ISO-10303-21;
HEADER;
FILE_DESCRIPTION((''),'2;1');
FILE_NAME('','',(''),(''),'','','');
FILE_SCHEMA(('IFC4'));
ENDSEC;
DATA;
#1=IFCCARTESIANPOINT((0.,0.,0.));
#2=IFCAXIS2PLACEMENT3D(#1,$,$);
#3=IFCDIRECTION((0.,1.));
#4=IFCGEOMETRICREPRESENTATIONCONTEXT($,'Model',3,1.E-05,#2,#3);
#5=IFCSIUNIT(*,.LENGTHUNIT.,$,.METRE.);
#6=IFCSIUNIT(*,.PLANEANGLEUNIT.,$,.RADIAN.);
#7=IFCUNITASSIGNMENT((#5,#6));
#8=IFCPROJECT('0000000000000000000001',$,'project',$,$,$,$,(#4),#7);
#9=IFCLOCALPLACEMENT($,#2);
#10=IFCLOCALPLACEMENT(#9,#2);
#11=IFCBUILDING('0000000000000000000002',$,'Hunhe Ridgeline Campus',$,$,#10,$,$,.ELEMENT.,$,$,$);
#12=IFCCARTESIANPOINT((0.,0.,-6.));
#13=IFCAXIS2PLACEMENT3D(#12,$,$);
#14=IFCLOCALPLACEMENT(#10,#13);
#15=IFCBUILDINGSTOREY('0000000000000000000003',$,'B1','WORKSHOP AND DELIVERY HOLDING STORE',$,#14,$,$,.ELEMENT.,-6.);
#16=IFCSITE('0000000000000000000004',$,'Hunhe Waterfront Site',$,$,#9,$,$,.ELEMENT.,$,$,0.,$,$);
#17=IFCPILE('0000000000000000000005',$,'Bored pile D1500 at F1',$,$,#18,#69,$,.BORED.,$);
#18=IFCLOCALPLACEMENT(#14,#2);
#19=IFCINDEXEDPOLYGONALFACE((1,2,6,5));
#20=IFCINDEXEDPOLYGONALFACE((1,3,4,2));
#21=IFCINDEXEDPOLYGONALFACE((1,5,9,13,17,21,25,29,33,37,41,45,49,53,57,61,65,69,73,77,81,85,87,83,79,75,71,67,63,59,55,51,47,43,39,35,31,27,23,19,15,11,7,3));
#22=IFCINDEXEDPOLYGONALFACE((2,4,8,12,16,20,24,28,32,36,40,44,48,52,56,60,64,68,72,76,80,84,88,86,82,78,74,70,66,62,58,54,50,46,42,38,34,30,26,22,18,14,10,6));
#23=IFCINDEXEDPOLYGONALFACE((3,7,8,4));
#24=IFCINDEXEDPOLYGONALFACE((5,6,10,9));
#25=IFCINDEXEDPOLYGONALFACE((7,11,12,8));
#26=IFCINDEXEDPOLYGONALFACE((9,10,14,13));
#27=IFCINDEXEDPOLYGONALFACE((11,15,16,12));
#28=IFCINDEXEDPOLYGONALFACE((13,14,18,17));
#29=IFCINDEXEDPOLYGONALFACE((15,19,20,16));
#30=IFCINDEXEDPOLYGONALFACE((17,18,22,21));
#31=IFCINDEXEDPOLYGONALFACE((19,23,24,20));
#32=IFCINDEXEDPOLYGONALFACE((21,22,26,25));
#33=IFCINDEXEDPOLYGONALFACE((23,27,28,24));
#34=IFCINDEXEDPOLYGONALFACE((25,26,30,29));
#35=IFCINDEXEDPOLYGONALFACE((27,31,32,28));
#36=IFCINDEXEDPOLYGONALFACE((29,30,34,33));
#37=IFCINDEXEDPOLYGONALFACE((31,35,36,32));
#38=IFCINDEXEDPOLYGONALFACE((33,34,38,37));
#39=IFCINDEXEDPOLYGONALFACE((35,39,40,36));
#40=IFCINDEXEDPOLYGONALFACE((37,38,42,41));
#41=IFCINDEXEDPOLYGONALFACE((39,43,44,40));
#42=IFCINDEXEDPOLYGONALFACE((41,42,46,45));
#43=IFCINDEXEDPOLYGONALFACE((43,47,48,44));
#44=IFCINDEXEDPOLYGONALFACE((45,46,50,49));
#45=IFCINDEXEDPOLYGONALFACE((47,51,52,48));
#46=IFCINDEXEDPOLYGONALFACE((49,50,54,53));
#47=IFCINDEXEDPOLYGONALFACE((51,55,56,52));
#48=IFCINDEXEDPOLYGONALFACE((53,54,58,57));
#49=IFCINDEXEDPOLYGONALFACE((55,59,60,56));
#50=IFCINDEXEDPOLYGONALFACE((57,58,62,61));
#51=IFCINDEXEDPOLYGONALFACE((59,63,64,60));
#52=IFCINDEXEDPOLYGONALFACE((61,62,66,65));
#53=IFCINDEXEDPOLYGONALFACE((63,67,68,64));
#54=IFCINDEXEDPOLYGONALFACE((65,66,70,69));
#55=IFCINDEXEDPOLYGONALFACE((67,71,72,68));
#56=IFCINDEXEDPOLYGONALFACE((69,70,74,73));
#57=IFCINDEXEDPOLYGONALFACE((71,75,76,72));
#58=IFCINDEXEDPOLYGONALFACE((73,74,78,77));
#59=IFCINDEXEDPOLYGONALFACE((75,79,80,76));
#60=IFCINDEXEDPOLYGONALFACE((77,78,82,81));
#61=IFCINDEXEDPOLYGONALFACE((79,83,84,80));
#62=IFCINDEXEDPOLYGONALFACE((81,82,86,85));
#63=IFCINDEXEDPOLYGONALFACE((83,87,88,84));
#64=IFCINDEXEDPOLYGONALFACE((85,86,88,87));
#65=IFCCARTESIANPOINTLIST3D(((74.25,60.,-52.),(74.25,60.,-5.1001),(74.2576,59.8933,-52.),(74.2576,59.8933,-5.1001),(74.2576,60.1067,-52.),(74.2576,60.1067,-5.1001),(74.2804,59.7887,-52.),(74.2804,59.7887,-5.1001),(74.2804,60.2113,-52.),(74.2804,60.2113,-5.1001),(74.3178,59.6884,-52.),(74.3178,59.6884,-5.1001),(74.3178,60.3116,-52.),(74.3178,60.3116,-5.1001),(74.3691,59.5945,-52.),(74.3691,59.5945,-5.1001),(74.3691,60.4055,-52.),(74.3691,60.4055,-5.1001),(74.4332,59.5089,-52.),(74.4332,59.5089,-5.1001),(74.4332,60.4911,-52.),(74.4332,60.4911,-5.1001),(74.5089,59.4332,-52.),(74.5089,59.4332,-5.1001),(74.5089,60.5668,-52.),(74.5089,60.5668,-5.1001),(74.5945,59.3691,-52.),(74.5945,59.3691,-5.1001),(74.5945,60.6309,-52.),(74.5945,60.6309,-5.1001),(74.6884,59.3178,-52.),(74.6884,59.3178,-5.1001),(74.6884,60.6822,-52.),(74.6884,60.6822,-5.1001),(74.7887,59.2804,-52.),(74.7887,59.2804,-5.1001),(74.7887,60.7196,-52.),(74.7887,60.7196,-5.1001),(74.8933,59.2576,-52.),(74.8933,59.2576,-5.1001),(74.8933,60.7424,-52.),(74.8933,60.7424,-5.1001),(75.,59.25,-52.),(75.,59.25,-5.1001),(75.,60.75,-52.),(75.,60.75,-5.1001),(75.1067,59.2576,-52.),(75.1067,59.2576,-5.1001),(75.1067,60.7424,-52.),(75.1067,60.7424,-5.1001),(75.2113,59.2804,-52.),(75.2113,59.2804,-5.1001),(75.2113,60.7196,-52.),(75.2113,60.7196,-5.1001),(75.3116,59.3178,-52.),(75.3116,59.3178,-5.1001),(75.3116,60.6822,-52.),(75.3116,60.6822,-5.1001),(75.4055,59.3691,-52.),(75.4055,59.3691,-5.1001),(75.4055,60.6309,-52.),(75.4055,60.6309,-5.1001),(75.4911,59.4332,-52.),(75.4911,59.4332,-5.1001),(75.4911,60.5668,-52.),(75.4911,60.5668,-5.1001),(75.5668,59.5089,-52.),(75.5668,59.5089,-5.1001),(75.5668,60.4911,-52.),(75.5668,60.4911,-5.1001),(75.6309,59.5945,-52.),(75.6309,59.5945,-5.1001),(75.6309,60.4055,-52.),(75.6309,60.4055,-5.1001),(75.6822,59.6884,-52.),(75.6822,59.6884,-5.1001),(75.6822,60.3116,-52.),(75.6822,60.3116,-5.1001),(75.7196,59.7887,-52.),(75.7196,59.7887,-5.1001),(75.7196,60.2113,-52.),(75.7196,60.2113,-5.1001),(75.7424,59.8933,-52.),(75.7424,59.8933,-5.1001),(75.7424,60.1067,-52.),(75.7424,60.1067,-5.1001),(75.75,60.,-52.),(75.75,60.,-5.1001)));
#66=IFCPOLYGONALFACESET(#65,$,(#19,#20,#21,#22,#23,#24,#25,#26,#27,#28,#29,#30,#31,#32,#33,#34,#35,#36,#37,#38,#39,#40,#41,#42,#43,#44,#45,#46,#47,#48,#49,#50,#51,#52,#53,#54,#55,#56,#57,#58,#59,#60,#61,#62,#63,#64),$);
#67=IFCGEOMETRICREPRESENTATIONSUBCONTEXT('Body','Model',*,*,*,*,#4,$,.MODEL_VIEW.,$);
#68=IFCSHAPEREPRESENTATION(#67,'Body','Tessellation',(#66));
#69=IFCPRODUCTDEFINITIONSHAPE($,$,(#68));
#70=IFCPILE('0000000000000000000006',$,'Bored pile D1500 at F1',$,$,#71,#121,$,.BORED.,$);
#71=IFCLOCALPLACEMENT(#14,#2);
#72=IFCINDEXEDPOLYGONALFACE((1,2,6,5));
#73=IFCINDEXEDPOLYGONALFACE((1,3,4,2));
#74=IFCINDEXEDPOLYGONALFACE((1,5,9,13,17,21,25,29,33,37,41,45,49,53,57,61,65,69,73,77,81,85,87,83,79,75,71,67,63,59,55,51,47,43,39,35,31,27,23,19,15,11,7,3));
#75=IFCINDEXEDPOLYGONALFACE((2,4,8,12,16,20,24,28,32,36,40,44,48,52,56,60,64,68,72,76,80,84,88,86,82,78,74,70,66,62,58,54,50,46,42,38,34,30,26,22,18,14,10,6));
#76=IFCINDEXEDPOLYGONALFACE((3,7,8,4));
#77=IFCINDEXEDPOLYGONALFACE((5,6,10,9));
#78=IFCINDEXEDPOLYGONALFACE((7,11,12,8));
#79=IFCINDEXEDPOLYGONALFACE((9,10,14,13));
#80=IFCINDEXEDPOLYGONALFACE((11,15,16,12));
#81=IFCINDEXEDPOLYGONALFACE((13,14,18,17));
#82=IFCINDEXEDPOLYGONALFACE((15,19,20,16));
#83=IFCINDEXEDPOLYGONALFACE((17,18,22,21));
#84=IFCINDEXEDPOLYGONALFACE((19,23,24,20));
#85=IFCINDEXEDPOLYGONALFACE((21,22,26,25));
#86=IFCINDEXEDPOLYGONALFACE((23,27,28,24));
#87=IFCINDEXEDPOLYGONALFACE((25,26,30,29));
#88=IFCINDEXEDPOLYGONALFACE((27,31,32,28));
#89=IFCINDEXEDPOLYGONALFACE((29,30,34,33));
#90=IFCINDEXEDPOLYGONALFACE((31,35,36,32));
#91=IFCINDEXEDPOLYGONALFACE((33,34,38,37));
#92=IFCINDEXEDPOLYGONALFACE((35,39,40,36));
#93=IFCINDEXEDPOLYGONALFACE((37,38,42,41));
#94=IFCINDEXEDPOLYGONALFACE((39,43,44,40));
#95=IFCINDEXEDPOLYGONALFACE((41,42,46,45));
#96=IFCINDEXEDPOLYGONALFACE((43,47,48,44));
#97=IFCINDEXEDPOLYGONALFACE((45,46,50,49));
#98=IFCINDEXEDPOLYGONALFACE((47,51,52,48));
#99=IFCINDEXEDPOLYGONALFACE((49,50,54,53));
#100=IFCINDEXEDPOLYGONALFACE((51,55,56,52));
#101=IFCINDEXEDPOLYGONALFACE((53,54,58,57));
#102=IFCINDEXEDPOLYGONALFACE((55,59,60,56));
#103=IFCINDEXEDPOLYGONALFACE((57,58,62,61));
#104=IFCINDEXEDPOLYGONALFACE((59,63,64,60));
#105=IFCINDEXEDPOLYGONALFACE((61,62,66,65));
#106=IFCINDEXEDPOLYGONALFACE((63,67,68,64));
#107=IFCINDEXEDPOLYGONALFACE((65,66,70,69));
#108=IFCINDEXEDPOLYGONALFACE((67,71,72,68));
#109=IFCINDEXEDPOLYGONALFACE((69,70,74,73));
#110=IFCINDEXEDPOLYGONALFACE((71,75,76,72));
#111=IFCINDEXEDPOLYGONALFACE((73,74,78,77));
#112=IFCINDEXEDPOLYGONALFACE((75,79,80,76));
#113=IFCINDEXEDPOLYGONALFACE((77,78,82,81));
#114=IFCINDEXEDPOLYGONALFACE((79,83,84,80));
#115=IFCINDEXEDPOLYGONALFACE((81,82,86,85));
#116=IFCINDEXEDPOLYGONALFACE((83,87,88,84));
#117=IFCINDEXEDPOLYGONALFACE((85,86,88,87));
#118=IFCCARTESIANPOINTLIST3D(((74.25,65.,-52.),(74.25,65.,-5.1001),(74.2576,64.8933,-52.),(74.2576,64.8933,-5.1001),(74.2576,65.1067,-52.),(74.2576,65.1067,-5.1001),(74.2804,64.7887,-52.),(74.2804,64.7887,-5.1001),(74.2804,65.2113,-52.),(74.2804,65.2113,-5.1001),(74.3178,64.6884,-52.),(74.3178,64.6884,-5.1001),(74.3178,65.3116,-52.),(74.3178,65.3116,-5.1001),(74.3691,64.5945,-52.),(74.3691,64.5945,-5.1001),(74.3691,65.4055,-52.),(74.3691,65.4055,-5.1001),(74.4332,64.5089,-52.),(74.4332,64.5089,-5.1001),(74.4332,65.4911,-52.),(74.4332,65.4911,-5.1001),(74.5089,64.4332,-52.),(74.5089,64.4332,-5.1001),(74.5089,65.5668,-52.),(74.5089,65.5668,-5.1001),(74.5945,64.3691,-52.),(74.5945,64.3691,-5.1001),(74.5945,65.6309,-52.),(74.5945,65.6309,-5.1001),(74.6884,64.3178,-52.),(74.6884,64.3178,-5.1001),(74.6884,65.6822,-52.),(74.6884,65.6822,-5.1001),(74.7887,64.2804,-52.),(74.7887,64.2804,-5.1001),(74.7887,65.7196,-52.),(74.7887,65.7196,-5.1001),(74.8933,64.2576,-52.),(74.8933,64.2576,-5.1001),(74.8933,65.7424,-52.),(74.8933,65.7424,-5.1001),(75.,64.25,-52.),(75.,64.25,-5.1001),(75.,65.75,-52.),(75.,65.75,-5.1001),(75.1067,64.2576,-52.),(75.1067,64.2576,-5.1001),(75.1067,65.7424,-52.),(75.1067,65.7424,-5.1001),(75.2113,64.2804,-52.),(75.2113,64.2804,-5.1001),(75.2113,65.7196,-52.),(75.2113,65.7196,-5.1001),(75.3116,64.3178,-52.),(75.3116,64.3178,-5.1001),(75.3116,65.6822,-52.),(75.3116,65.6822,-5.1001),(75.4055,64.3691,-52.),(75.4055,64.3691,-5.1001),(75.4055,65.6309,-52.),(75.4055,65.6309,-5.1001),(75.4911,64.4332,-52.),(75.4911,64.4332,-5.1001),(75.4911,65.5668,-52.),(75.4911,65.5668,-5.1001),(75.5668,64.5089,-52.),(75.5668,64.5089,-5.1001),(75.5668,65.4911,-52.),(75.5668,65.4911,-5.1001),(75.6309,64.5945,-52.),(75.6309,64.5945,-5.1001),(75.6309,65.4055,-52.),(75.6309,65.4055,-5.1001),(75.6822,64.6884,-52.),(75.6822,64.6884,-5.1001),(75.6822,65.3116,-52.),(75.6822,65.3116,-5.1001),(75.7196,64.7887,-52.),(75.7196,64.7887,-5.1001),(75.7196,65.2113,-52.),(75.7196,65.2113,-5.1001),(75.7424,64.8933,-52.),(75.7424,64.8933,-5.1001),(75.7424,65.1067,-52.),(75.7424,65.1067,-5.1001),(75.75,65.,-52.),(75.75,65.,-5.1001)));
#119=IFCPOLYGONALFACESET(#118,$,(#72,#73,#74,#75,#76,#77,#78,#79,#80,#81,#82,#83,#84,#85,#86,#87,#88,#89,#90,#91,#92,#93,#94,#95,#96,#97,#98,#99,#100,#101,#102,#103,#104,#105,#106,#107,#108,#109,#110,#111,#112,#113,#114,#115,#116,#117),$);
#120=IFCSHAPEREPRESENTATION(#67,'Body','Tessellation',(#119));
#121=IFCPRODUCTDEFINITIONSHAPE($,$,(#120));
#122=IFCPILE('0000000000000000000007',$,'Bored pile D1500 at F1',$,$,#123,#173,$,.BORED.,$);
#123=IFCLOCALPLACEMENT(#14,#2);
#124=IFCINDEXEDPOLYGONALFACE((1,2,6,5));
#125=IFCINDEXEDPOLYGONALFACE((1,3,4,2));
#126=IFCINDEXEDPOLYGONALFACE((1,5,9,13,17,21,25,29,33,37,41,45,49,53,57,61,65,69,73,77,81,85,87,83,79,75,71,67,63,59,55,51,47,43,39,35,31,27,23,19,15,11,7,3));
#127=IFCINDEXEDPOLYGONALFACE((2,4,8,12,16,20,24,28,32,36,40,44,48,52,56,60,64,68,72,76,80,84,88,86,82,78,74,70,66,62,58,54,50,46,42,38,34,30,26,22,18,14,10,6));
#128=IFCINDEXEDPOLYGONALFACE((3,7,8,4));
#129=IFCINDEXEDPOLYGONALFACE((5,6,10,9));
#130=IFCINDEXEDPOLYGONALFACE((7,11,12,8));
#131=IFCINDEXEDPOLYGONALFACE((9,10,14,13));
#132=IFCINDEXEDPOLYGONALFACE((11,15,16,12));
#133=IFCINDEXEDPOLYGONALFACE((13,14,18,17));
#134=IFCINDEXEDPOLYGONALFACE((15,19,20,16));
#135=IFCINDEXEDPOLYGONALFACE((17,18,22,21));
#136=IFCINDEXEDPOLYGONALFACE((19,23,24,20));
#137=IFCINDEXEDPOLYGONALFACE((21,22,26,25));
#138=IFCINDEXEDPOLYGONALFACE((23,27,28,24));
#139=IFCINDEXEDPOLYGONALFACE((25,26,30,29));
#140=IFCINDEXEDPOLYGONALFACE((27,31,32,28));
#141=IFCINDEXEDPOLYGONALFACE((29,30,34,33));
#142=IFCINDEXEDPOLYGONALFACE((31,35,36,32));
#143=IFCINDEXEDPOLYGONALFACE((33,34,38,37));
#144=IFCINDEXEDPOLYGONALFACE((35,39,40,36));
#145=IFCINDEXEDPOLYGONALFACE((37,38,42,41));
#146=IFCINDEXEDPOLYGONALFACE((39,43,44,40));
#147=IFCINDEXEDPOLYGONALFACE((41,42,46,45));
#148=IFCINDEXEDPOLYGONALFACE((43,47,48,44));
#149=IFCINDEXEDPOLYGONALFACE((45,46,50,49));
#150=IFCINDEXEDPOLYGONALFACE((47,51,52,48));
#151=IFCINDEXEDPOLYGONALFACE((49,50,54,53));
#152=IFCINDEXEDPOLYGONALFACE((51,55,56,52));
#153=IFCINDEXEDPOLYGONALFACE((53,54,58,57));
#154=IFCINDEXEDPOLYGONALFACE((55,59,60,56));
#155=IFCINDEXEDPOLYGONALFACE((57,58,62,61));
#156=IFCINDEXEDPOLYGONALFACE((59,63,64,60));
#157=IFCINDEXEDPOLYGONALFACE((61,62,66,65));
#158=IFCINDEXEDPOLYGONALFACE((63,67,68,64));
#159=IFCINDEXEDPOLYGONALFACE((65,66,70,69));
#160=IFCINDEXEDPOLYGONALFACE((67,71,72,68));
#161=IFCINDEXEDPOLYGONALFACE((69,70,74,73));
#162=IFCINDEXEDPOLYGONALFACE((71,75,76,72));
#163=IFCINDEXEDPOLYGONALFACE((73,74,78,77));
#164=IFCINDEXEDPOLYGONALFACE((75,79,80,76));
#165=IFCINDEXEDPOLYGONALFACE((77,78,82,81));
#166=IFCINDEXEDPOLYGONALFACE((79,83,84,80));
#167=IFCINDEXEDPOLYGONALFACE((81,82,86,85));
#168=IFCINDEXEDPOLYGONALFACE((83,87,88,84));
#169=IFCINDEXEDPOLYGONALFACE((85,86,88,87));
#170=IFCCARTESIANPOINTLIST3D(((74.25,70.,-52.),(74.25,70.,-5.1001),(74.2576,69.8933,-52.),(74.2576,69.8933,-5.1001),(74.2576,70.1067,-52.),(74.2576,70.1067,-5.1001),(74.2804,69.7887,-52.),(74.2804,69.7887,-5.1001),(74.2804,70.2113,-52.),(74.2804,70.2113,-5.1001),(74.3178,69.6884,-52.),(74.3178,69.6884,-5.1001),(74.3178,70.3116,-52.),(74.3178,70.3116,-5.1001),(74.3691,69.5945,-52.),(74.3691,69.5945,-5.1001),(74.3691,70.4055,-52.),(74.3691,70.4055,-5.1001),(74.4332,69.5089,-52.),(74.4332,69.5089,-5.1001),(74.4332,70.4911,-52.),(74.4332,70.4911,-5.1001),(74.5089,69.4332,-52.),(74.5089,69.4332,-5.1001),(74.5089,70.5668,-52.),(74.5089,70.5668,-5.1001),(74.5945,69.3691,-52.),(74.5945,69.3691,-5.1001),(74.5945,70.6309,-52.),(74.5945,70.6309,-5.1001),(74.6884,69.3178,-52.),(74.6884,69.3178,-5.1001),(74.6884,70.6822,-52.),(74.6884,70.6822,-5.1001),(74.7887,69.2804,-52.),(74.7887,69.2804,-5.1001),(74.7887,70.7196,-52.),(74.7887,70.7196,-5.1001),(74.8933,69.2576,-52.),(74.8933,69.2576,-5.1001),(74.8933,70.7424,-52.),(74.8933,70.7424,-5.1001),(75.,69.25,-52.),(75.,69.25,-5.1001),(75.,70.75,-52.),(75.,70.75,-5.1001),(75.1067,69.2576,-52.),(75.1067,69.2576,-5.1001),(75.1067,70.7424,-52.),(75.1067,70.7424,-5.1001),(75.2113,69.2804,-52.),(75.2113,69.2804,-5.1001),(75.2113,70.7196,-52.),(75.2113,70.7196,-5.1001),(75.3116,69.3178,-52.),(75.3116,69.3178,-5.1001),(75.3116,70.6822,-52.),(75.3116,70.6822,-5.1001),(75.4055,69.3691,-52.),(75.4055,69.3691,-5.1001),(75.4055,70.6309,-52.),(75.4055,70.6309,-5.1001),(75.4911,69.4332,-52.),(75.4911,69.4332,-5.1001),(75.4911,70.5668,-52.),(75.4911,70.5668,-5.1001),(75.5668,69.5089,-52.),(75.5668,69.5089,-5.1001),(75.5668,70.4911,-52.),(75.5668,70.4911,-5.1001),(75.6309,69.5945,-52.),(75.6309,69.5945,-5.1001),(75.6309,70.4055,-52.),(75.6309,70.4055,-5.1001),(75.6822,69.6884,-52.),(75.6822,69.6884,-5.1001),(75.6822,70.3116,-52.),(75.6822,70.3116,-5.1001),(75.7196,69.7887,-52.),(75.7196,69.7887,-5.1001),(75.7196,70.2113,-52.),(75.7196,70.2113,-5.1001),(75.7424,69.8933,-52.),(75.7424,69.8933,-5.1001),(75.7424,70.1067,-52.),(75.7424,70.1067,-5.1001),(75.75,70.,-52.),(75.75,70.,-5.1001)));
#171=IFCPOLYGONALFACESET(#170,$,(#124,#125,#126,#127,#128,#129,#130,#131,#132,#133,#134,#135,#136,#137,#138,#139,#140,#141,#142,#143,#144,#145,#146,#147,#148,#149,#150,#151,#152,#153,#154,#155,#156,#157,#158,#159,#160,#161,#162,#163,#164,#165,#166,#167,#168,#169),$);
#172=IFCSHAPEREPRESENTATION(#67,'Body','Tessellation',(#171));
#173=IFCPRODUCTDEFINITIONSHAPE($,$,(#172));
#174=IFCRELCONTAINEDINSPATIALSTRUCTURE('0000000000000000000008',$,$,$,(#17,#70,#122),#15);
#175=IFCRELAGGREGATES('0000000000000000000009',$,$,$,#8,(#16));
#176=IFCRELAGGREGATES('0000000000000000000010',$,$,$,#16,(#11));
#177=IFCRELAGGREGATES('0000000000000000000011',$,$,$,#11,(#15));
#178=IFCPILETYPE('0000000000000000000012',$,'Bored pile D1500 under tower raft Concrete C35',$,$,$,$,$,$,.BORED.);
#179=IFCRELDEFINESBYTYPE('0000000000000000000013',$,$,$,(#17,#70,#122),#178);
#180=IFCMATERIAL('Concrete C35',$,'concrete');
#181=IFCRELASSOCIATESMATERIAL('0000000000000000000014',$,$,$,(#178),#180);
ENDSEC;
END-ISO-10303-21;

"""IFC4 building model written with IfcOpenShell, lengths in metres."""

from ifc_helpers import new_model, si_unit, direction, frame, origin, origin_2d, place, context, subcontext, project, spatial, circle, extrude, material, material_profile, profile_set, type_object, element, save


model = new_model("IFC4")

# Units and contexts
model_context = context("Model", 3, precision=1e-05, world=origin(), true_north=direction((0.0, 1.0)))
body_context = subcontext(model_context, "Body", "Model", "MODEL_VIEW")
ifc_project = project(units=[si_unit("LENGTHUNIT", "METRE"), si_unit("PLANEANGLEUNIT", "RADIAN")], contexts=[model_context])

# Site, building, storey
site_placement = place(None, origin())
site = spatial("IfcSite", under=ifc_project, at=site_placement, Name="Hunhe Waterfront Site", CompositionType="ELEMENT", RefElevation=0.0)
building_placement = place(site_placement, origin())
building = spatial("IfcBuilding", under=site, at=building_placement, Name="Hunhe Ridgeline Campus", CompositionType="ELEMENT")
storey_placement = place(building_placement, frame((0.0, 0.0, -6.0)))
storey = spatial("IfcBuildingStorey", under=building, at=storey_placement, Name="B1", Description="WORKSHOP AND DELIVERY HOLDING STORE", CompositionType="ELEMENT", Elevation=-6.0)

# Piles
ifc_material_1 = material(Name="Concrete C35", Category="concrete")
ifc_material_profile_1 = material_profile(ifc_material_1, circle(Radius=0.75, at=origin_2d()))
ifc_profile_set_1 = profile_set([ifc_material_profile_1], Name="Concrete C35")
pile_type = type_object("IfcPileType", Name="Bored pile D1500 under tower raft Concrete C35", PredefinedType="BORED", material=ifc_profile_set_1)
for number, where, z_axis, x_axis, name in (
    (1, (75.0, 60.0, -5.1001), (0.0, 0.0, -1.0), (1.0, 0.0, 0.0), "Bored pile D1500 at F1"),
    (2, (75.0, 65.0, -5.1001), (0.0, 0.0, -1.0), (1.0, 0.0, 0.0), "Bored pile D1500 at F1"),
    (3, (75.0, 70.0, -5.1001), (0.0, 0.0, -1.0), (1.0, 0.0, 0.0), "Bored pile D1500 at F1"),
):
    element("IfcPile", number, at=place(storey_placement, frame(where, z_axis=z_axis, x_axis=x_axis)), inside=storey, type_object=pile_type, Name=name, PredefinedType="BORED", context=body_context, shape_type="SweptSolid", body=[
        extrude(circle(Radius=0.75, at=origin_2d()), origin(), (0.0, 0.0, 1.0), 46.8999),
    ])

save(model, "model.ifc")
